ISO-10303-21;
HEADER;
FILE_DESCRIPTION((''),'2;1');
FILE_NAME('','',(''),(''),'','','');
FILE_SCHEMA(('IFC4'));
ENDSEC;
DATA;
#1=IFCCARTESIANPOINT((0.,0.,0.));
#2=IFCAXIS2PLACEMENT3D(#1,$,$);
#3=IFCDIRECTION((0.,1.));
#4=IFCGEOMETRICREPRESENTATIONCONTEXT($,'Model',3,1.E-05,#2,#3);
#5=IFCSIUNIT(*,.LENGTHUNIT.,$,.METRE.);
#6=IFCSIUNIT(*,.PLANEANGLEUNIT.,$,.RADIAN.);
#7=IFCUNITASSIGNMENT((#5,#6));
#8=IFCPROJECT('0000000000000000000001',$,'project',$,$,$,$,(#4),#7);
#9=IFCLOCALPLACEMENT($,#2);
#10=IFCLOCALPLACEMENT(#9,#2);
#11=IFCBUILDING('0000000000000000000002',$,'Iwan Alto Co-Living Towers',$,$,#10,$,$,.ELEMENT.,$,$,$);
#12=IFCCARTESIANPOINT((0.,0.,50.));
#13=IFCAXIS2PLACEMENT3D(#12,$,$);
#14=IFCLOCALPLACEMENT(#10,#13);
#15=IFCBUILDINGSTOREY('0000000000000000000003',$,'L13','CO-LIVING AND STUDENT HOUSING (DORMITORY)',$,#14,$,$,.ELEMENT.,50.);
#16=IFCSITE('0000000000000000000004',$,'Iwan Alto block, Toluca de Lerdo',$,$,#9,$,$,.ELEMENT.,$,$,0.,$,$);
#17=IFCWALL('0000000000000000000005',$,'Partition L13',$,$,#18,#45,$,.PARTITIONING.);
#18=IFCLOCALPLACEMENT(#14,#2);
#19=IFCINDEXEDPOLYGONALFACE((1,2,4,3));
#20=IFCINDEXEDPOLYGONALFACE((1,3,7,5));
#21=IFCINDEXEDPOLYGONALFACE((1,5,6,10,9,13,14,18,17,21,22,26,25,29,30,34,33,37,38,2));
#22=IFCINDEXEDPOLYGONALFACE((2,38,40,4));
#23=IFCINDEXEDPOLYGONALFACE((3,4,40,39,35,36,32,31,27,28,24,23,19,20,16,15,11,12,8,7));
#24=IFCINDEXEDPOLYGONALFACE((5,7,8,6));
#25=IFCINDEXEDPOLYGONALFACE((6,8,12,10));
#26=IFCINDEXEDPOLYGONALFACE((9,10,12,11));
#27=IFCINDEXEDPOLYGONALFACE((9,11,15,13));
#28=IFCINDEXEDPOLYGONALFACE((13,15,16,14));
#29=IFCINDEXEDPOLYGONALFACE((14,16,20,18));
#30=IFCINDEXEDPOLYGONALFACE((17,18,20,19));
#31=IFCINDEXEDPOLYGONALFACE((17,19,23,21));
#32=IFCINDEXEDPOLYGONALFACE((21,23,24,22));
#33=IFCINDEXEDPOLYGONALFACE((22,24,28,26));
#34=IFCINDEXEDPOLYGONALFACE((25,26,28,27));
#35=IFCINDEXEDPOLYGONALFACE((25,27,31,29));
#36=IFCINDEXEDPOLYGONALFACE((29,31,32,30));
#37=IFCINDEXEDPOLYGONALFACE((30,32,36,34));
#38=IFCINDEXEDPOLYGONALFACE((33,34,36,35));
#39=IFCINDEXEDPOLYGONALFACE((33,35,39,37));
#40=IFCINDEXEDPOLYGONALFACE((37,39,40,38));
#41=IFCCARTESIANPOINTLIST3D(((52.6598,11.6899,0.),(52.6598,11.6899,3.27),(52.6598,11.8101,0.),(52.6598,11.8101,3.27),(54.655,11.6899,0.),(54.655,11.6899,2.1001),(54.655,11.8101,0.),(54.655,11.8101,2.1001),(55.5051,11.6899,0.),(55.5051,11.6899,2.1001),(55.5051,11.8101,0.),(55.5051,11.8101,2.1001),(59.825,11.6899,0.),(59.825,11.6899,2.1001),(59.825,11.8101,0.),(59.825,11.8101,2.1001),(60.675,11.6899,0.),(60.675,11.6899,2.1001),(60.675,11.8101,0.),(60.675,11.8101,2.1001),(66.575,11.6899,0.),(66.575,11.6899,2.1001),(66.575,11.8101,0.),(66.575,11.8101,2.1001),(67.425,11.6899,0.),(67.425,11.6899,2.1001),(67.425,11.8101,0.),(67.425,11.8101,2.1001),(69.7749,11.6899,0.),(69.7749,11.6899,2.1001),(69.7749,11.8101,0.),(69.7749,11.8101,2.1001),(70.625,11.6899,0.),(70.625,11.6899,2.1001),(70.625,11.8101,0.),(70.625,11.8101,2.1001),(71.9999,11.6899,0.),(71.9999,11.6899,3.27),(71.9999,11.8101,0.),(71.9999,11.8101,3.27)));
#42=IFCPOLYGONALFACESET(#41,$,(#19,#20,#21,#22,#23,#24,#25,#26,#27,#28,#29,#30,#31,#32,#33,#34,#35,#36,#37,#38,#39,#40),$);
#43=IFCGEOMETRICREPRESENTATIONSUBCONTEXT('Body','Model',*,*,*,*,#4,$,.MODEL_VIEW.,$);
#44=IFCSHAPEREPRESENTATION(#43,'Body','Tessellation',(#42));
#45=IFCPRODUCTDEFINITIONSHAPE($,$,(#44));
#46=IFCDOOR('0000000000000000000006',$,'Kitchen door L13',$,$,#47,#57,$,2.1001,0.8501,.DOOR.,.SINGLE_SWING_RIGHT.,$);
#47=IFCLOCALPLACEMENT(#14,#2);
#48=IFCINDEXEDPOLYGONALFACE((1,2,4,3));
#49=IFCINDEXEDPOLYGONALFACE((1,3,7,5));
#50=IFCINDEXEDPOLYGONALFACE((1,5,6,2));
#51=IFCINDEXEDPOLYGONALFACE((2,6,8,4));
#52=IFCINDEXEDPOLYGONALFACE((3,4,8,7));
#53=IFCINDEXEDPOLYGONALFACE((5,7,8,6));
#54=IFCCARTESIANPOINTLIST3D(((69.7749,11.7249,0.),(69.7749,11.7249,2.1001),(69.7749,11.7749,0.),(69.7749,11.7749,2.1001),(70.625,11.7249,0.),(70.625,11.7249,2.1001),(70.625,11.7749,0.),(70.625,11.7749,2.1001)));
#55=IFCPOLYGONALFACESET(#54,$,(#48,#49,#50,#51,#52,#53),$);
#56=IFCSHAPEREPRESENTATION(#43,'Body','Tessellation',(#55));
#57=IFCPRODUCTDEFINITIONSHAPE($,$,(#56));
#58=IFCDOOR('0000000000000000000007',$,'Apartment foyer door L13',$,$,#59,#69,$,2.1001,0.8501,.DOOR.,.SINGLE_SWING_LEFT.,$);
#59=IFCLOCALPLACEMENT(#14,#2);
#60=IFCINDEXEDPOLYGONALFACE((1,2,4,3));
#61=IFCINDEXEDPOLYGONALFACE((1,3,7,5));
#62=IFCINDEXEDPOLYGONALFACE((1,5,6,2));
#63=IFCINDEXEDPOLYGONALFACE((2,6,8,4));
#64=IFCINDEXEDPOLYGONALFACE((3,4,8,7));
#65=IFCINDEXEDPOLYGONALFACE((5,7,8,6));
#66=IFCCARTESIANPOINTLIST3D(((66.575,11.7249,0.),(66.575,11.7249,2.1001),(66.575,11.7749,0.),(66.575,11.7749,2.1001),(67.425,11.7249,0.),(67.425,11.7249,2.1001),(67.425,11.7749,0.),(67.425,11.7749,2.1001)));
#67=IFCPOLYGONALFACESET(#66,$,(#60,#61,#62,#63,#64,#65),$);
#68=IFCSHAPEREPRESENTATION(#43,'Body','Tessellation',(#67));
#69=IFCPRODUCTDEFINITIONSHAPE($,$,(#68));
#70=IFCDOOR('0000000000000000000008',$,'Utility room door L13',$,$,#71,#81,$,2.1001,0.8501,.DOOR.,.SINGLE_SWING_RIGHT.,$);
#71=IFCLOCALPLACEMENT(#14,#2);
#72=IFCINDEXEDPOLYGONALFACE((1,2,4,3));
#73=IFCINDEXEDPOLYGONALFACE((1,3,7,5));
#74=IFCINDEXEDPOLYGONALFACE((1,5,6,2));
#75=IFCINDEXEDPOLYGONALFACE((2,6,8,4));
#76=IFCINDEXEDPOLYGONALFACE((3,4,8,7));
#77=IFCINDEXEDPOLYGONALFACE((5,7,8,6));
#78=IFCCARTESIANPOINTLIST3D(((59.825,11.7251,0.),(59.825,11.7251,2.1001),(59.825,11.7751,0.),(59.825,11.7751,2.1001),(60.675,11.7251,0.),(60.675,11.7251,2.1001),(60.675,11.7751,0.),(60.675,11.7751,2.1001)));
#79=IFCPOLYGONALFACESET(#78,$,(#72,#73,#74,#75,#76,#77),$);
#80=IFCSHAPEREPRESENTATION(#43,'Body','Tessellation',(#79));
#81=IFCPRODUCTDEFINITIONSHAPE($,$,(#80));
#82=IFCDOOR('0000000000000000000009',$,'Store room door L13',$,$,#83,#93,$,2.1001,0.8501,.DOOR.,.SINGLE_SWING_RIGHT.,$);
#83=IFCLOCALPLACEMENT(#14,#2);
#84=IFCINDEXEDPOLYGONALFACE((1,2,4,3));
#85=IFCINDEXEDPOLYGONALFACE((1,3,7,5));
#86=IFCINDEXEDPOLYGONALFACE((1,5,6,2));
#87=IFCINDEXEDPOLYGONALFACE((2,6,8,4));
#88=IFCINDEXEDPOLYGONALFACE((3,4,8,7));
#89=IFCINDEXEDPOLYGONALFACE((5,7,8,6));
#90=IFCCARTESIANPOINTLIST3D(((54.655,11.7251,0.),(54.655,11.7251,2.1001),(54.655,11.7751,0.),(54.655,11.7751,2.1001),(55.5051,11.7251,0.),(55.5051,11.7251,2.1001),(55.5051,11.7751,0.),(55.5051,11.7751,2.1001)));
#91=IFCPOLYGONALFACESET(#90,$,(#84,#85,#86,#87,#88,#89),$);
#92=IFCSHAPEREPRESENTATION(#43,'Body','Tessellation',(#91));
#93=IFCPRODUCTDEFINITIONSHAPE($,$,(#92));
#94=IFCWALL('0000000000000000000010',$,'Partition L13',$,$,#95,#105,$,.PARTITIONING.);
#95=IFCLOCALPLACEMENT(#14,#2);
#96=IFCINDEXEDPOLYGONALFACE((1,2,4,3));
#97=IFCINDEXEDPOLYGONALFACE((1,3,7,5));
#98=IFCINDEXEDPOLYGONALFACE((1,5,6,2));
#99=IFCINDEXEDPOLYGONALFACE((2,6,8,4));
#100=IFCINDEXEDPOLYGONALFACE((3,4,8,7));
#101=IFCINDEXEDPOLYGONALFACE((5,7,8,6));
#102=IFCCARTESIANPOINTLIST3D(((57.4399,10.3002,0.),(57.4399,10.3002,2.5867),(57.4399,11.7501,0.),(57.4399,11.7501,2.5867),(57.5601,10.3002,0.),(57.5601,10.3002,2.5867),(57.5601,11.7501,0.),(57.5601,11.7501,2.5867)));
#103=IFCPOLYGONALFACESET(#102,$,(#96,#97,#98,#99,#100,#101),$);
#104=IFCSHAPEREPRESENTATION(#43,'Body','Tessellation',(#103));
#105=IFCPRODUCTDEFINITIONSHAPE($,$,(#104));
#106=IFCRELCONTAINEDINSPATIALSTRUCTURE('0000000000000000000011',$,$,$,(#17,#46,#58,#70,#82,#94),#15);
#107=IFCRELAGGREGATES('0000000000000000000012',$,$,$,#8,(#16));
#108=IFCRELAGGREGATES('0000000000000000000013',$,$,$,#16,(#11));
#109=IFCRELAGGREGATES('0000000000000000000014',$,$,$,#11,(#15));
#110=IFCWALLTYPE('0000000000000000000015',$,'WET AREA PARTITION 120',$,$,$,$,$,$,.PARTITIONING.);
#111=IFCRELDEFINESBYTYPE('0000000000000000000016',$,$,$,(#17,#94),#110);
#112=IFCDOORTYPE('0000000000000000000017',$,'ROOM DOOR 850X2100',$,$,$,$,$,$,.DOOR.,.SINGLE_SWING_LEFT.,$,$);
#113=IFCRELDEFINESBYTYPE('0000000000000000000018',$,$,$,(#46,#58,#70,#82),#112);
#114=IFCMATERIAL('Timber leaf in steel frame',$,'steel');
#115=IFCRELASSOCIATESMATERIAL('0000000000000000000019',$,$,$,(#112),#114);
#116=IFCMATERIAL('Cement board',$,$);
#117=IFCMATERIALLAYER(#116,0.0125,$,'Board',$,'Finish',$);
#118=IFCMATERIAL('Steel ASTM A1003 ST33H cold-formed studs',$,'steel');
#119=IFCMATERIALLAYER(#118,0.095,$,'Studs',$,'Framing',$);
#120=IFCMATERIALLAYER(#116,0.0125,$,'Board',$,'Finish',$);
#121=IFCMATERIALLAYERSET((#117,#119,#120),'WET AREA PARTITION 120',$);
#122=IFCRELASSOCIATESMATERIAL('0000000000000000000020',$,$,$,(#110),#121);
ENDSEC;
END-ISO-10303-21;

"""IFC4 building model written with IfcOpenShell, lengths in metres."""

from ifc_helpers import new_model, si_unit, direction, frame, frame_2d, origin, place, context, subcontext, project, spatial, rectangle, extrude, material, layer, layer_set, type_object, element, fill, save


model = new_model("IFC4")

# Units and contexts
model_context = context("Model", 3, precision=1e-05, world=origin(), true_north=direction((0.0, 1.0)))
body_context = subcontext(model_context, "Body", "Model", "MODEL_VIEW")
ifc_project = project(units=[si_unit("LENGTHUNIT", "METRE"), si_unit("PLANEANGLEUNIT", "RADIAN")], contexts=[model_context])

# Site, building, storey
site_placement = place(None, origin())
site = spatial("IfcSite", under=ifc_project, at=site_placement, Name="Iwan Alto block, Toluca de Lerdo", CompositionType="ELEMENT", RefElevation=0.0)
building_placement = place(site_placement, origin())
building = spatial("IfcBuilding", under=site, at=building_placement, Name="Iwan Alto Co-Living Towers", CompositionType="ELEMENT")
storey_placement = place(building_placement, frame((0.0, 0.0, 50.0)))
storey = spatial("IfcBuildingStorey", under=building, at=storey_placement, Name="L13", Description="CO-LIVING AND STUDENT HOUSING (DORMITORY)", CompositionType="ELEMENT", Elevation=50.0)

# Shared definitions
ifc_material_1 = material(Name="Steel ASTM A1003 ST33H cold-formed studs", Category="steel")

# Shared definitions
ifc_material_2 = material(Name="Timber leaf in steel frame", Category="steel")
door_type_1 = type_object("IfcDoorType", Name="ROOM DOOR 850X2100", OperationType="SINGLE_SWING_LEFT", PredefinedType="DOOR", material=ifc_material_2)

# Wall, openings, doors
ifc_material_3 = material(Name="Cement board")
ifc_layer_1 = layer(ifc_material_3, 0.0125, Name="Board", Category="Finish")
ifc_layer_2 = layer(ifc_material_1, 0.095, Name="Studs", Category="Framing")
ifc_layer_3 = layer(ifc_material_3, 0.0125, Name="Board", Category="Finish")
ifc_layer_set_1 = layer_set([ifc_layer_1, ifc_layer_2, ifc_layer_3], Name="WET AREA PARTITION 120")
wall_type_1 = type_object("IfcWallType", Name="WET AREA PARTITION 120", PredefinedType="PARTITIONING", material=ifc_layer_set_1)
wall_1_placement = place(storey_placement, frame((52.6599, 11.75, 0.0), z_axis=(0.0, 0.0, 1.0), x_axis=(1.0, 0.0, 0.0)))
wall_1 = element("IfcWall", 1, at=wall_1_placement, inside=storey, type_object=wall_type_1, Name="Partition L13", PredefinedType="PARTITIONING", context=body_context, shape_type="SweptSolid", body=[
    extrude(rectangle(XDim=19.3401, YDim=0.1201, at=frame_2d((9.6699, 0.0))), origin(), (0.0, 0.0, 1.0), 3.27),
])
opening_1_placement = place(wall_1_placement, frame((17.115, 0.0, 0.0)))
opening_1 = element("IfcOpeningElement", 2, at=opening_1_placement, cuts=wall_1, PredefinedType="OPENING", context=body_context, shape_type="SweptSolid", body=[
    extrude(rectangle(XDim=0.8501, YDim=2.1001, at=frame_2d((0.425, 1.05))), frame((0.0, 0.0701, 0.0), z_axis=(0.0, -1.0, 0.0), x_axis=(1.0, 0.0, 0.0)), (0.0, 0.0, 1.0), 0.1401),
])
opening_2_placement = place(wall_1_placement, frame((13.915, 0.0, 0.0)))
opening_2 = element("IfcOpeningElement", 3, at=opening_2_placement, cuts=wall_1, PredefinedType="OPENING", context=body_context, shape_type="SweptSolid", body=[
    extrude(rectangle(XDim=0.8501, YDim=2.1001, at=frame_2d((0.425, 1.05))), frame((0.0, 0.0701, 0.0), z_axis=(0.0, -1.0, 0.0), x_axis=(1.0, 0.0, 0.0)), (0.0, 0.0, 1.0), 0.1401),
])
opening_3_placement = place(wall_1_placement, frame((7.165, 0.0, 0.0)))
opening_3 = element("IfcOpeningElement", 4, at=opening_3_placement, cuts=wall_1, PredefinedType="OPENING", context=body_context, shape_type="SweptSolid", body=[
    extrude(rectangle(XDim=0.8501, YDim=2.1001, at=frame_2d((0.425, 1.05))), frame((0.0, 0.0701, 0.0), z_axis=(0.0, -1.0, 0.0), x_axis=(1.0, 0.0, 0.0)), (0.0, 0.0, 1.0), 0.1401),
])
opening_4_placement = place(wall_1_placement, frame((1.9951, 0.0, 0.0)))
opening_4 = element("IfcOpeningElement", 5, at=opening_4_placement, cuts=wall_1, PredefinedType="OPENING", context=body_context, shape_type="SweptSolid", body=[
    extrude(rectangle(XDim=0.8501, YDim=2.1001, at=frame_2d((0.425, 1.05))), frame((0.0, 0.0701, 0.0), z_axis=(0.0, -1.0, 0.0), x_axis=(1.0, 0.0, 0.0)), (0.0, 0.0, 1.0), 0.1401),
])
door_1_placement = place(opening_1_placement, origin())
door_1 = element("IfcDoor", 6, at=door_1_placement, inside=storey, type_object=door_type_1, Name="Kitchen door L13", OperationType="SINGLE_SWING_RIGHT", OverallHeight=2.1001, OverallWidth=0.8501, PredefinedType="DOOR", context=body_context, shape_type="SweptSolid", body=[
    extrude(rectangle(XDim=0.8501, YDim=2.1001, at=frame_2d((0.425, 1.05))), frame((0.0, 0.0249, 0.0), z_axis=(0.0, -1.0, 0.0), x_axis=(1.0, 0.0, 0.0)), (0.0, 0.0, 1.0), 0.05),
])
fill(opening_1, door_1)
door_2_placement = place(opening_2_placement, origin())
door_2 = element("IfcDoor", 7, at=door_2_placement, inside=storey, type_object=door_type_1, Name="Apartment foyer door L13", OperationType="SINGLE_SWING_LEFT", OverallHeight=2.1001, OverallWidth=0.8501, PredefinedType="DOOR", context=body_context, shape_type="SweptSolid", body=[
    extrude(rectangle(XDim=0.8501, YDim=2.1001, at=frame_2d((0.425, 1.05))), frame((0.0, 0.0249, 0.0), z_axis=(0.0, -1.0, 0.0), x_axis=(1.0, 0.0, 0.0)), (0.0, 0.0, 1.0), 0.05),
])
fill(opening_2, door_2)
door_3_placement = place(opening_3_placement, frame((0.8501, 0.0, 0.0), z_axis=(0.0, 0.0, 1.0), x_axis=(-1.0, 0.0, 0.0)))
door_3 = element("IfcDoor", 8, at=door_3_placement, inside=storey, type_object=door_type_1, Name="Utility room door L13", OperationType="SINGLE_SWING_RIGHT", OverallHeight=2.1001, OverallWidth=0.8501, PredefinedType="DOOR", context=body_context, shape_type="SweptSolid", body=[
    extrude(rectangle(XDim=0.8501, YDim=2.1001, at=frame_2d((0.425, 1.05))), frame((0.0, 0.0249, 0.0), z_axis=(0.0, -1.0, 0.0), x_axis=(1.0, 0.0, 0.0)), (0.0, 0.0, 1.0), 0.05),
])
fill(opening_3, door_3)
door_4_placement = place(opening_4_placement, frame((0.8501, 0.0, 0.0), z_axis=(0.0, 0.0, 1.0), x_axis=(-1.0, 0.0, 0.0)))
door_4 = element("IfcDoor", 9, at=door_4_placement, inside=storey, type_object=door_type_1, Name="Store room door L13", OperationType="SINGLE_SWING_RIGHT", OverallHeight=2.1001, OverallWidth=0.8501, PredefinedType="DOOR", context=body_context, shape_type="SweptSolid", body=[
    extrude(rectangle(XDim=0.8501, YDim=2.1001, at=frame_2d((0.425, 1.05))), frame((0.0, 0.0249, 0.0), z_axis=(0.0, -1.0, 0.0), x_axis=(1.0, 0.0, 0.0)), (0.0, 0.0, 1.0), 0.05),
])
fill(opening_4, door_4)

# Wall
wall_2_placement = place(storey_placement, frame((57.5, 10.3, 0.0), z_axis=(0.0, 0.0, 1.0), x_axis=(0.0, 1.0, 0.0)))
element("IfcWall", 10, at=wall_2_placement, inside=storey, type_object=wall_type_1, Name="Partition L13", PredefinedType="PARTITIONING", context=body_context, shape_type="SweptSolid", body=[
    extrude(rectangle(XDim=1.45, YDim=0.1201, at=frame_2d((0.7251, 0.0))), origin(), (0.0, 0.0, 1.0), 2.5867),
])

save(model, "model.ifc")
